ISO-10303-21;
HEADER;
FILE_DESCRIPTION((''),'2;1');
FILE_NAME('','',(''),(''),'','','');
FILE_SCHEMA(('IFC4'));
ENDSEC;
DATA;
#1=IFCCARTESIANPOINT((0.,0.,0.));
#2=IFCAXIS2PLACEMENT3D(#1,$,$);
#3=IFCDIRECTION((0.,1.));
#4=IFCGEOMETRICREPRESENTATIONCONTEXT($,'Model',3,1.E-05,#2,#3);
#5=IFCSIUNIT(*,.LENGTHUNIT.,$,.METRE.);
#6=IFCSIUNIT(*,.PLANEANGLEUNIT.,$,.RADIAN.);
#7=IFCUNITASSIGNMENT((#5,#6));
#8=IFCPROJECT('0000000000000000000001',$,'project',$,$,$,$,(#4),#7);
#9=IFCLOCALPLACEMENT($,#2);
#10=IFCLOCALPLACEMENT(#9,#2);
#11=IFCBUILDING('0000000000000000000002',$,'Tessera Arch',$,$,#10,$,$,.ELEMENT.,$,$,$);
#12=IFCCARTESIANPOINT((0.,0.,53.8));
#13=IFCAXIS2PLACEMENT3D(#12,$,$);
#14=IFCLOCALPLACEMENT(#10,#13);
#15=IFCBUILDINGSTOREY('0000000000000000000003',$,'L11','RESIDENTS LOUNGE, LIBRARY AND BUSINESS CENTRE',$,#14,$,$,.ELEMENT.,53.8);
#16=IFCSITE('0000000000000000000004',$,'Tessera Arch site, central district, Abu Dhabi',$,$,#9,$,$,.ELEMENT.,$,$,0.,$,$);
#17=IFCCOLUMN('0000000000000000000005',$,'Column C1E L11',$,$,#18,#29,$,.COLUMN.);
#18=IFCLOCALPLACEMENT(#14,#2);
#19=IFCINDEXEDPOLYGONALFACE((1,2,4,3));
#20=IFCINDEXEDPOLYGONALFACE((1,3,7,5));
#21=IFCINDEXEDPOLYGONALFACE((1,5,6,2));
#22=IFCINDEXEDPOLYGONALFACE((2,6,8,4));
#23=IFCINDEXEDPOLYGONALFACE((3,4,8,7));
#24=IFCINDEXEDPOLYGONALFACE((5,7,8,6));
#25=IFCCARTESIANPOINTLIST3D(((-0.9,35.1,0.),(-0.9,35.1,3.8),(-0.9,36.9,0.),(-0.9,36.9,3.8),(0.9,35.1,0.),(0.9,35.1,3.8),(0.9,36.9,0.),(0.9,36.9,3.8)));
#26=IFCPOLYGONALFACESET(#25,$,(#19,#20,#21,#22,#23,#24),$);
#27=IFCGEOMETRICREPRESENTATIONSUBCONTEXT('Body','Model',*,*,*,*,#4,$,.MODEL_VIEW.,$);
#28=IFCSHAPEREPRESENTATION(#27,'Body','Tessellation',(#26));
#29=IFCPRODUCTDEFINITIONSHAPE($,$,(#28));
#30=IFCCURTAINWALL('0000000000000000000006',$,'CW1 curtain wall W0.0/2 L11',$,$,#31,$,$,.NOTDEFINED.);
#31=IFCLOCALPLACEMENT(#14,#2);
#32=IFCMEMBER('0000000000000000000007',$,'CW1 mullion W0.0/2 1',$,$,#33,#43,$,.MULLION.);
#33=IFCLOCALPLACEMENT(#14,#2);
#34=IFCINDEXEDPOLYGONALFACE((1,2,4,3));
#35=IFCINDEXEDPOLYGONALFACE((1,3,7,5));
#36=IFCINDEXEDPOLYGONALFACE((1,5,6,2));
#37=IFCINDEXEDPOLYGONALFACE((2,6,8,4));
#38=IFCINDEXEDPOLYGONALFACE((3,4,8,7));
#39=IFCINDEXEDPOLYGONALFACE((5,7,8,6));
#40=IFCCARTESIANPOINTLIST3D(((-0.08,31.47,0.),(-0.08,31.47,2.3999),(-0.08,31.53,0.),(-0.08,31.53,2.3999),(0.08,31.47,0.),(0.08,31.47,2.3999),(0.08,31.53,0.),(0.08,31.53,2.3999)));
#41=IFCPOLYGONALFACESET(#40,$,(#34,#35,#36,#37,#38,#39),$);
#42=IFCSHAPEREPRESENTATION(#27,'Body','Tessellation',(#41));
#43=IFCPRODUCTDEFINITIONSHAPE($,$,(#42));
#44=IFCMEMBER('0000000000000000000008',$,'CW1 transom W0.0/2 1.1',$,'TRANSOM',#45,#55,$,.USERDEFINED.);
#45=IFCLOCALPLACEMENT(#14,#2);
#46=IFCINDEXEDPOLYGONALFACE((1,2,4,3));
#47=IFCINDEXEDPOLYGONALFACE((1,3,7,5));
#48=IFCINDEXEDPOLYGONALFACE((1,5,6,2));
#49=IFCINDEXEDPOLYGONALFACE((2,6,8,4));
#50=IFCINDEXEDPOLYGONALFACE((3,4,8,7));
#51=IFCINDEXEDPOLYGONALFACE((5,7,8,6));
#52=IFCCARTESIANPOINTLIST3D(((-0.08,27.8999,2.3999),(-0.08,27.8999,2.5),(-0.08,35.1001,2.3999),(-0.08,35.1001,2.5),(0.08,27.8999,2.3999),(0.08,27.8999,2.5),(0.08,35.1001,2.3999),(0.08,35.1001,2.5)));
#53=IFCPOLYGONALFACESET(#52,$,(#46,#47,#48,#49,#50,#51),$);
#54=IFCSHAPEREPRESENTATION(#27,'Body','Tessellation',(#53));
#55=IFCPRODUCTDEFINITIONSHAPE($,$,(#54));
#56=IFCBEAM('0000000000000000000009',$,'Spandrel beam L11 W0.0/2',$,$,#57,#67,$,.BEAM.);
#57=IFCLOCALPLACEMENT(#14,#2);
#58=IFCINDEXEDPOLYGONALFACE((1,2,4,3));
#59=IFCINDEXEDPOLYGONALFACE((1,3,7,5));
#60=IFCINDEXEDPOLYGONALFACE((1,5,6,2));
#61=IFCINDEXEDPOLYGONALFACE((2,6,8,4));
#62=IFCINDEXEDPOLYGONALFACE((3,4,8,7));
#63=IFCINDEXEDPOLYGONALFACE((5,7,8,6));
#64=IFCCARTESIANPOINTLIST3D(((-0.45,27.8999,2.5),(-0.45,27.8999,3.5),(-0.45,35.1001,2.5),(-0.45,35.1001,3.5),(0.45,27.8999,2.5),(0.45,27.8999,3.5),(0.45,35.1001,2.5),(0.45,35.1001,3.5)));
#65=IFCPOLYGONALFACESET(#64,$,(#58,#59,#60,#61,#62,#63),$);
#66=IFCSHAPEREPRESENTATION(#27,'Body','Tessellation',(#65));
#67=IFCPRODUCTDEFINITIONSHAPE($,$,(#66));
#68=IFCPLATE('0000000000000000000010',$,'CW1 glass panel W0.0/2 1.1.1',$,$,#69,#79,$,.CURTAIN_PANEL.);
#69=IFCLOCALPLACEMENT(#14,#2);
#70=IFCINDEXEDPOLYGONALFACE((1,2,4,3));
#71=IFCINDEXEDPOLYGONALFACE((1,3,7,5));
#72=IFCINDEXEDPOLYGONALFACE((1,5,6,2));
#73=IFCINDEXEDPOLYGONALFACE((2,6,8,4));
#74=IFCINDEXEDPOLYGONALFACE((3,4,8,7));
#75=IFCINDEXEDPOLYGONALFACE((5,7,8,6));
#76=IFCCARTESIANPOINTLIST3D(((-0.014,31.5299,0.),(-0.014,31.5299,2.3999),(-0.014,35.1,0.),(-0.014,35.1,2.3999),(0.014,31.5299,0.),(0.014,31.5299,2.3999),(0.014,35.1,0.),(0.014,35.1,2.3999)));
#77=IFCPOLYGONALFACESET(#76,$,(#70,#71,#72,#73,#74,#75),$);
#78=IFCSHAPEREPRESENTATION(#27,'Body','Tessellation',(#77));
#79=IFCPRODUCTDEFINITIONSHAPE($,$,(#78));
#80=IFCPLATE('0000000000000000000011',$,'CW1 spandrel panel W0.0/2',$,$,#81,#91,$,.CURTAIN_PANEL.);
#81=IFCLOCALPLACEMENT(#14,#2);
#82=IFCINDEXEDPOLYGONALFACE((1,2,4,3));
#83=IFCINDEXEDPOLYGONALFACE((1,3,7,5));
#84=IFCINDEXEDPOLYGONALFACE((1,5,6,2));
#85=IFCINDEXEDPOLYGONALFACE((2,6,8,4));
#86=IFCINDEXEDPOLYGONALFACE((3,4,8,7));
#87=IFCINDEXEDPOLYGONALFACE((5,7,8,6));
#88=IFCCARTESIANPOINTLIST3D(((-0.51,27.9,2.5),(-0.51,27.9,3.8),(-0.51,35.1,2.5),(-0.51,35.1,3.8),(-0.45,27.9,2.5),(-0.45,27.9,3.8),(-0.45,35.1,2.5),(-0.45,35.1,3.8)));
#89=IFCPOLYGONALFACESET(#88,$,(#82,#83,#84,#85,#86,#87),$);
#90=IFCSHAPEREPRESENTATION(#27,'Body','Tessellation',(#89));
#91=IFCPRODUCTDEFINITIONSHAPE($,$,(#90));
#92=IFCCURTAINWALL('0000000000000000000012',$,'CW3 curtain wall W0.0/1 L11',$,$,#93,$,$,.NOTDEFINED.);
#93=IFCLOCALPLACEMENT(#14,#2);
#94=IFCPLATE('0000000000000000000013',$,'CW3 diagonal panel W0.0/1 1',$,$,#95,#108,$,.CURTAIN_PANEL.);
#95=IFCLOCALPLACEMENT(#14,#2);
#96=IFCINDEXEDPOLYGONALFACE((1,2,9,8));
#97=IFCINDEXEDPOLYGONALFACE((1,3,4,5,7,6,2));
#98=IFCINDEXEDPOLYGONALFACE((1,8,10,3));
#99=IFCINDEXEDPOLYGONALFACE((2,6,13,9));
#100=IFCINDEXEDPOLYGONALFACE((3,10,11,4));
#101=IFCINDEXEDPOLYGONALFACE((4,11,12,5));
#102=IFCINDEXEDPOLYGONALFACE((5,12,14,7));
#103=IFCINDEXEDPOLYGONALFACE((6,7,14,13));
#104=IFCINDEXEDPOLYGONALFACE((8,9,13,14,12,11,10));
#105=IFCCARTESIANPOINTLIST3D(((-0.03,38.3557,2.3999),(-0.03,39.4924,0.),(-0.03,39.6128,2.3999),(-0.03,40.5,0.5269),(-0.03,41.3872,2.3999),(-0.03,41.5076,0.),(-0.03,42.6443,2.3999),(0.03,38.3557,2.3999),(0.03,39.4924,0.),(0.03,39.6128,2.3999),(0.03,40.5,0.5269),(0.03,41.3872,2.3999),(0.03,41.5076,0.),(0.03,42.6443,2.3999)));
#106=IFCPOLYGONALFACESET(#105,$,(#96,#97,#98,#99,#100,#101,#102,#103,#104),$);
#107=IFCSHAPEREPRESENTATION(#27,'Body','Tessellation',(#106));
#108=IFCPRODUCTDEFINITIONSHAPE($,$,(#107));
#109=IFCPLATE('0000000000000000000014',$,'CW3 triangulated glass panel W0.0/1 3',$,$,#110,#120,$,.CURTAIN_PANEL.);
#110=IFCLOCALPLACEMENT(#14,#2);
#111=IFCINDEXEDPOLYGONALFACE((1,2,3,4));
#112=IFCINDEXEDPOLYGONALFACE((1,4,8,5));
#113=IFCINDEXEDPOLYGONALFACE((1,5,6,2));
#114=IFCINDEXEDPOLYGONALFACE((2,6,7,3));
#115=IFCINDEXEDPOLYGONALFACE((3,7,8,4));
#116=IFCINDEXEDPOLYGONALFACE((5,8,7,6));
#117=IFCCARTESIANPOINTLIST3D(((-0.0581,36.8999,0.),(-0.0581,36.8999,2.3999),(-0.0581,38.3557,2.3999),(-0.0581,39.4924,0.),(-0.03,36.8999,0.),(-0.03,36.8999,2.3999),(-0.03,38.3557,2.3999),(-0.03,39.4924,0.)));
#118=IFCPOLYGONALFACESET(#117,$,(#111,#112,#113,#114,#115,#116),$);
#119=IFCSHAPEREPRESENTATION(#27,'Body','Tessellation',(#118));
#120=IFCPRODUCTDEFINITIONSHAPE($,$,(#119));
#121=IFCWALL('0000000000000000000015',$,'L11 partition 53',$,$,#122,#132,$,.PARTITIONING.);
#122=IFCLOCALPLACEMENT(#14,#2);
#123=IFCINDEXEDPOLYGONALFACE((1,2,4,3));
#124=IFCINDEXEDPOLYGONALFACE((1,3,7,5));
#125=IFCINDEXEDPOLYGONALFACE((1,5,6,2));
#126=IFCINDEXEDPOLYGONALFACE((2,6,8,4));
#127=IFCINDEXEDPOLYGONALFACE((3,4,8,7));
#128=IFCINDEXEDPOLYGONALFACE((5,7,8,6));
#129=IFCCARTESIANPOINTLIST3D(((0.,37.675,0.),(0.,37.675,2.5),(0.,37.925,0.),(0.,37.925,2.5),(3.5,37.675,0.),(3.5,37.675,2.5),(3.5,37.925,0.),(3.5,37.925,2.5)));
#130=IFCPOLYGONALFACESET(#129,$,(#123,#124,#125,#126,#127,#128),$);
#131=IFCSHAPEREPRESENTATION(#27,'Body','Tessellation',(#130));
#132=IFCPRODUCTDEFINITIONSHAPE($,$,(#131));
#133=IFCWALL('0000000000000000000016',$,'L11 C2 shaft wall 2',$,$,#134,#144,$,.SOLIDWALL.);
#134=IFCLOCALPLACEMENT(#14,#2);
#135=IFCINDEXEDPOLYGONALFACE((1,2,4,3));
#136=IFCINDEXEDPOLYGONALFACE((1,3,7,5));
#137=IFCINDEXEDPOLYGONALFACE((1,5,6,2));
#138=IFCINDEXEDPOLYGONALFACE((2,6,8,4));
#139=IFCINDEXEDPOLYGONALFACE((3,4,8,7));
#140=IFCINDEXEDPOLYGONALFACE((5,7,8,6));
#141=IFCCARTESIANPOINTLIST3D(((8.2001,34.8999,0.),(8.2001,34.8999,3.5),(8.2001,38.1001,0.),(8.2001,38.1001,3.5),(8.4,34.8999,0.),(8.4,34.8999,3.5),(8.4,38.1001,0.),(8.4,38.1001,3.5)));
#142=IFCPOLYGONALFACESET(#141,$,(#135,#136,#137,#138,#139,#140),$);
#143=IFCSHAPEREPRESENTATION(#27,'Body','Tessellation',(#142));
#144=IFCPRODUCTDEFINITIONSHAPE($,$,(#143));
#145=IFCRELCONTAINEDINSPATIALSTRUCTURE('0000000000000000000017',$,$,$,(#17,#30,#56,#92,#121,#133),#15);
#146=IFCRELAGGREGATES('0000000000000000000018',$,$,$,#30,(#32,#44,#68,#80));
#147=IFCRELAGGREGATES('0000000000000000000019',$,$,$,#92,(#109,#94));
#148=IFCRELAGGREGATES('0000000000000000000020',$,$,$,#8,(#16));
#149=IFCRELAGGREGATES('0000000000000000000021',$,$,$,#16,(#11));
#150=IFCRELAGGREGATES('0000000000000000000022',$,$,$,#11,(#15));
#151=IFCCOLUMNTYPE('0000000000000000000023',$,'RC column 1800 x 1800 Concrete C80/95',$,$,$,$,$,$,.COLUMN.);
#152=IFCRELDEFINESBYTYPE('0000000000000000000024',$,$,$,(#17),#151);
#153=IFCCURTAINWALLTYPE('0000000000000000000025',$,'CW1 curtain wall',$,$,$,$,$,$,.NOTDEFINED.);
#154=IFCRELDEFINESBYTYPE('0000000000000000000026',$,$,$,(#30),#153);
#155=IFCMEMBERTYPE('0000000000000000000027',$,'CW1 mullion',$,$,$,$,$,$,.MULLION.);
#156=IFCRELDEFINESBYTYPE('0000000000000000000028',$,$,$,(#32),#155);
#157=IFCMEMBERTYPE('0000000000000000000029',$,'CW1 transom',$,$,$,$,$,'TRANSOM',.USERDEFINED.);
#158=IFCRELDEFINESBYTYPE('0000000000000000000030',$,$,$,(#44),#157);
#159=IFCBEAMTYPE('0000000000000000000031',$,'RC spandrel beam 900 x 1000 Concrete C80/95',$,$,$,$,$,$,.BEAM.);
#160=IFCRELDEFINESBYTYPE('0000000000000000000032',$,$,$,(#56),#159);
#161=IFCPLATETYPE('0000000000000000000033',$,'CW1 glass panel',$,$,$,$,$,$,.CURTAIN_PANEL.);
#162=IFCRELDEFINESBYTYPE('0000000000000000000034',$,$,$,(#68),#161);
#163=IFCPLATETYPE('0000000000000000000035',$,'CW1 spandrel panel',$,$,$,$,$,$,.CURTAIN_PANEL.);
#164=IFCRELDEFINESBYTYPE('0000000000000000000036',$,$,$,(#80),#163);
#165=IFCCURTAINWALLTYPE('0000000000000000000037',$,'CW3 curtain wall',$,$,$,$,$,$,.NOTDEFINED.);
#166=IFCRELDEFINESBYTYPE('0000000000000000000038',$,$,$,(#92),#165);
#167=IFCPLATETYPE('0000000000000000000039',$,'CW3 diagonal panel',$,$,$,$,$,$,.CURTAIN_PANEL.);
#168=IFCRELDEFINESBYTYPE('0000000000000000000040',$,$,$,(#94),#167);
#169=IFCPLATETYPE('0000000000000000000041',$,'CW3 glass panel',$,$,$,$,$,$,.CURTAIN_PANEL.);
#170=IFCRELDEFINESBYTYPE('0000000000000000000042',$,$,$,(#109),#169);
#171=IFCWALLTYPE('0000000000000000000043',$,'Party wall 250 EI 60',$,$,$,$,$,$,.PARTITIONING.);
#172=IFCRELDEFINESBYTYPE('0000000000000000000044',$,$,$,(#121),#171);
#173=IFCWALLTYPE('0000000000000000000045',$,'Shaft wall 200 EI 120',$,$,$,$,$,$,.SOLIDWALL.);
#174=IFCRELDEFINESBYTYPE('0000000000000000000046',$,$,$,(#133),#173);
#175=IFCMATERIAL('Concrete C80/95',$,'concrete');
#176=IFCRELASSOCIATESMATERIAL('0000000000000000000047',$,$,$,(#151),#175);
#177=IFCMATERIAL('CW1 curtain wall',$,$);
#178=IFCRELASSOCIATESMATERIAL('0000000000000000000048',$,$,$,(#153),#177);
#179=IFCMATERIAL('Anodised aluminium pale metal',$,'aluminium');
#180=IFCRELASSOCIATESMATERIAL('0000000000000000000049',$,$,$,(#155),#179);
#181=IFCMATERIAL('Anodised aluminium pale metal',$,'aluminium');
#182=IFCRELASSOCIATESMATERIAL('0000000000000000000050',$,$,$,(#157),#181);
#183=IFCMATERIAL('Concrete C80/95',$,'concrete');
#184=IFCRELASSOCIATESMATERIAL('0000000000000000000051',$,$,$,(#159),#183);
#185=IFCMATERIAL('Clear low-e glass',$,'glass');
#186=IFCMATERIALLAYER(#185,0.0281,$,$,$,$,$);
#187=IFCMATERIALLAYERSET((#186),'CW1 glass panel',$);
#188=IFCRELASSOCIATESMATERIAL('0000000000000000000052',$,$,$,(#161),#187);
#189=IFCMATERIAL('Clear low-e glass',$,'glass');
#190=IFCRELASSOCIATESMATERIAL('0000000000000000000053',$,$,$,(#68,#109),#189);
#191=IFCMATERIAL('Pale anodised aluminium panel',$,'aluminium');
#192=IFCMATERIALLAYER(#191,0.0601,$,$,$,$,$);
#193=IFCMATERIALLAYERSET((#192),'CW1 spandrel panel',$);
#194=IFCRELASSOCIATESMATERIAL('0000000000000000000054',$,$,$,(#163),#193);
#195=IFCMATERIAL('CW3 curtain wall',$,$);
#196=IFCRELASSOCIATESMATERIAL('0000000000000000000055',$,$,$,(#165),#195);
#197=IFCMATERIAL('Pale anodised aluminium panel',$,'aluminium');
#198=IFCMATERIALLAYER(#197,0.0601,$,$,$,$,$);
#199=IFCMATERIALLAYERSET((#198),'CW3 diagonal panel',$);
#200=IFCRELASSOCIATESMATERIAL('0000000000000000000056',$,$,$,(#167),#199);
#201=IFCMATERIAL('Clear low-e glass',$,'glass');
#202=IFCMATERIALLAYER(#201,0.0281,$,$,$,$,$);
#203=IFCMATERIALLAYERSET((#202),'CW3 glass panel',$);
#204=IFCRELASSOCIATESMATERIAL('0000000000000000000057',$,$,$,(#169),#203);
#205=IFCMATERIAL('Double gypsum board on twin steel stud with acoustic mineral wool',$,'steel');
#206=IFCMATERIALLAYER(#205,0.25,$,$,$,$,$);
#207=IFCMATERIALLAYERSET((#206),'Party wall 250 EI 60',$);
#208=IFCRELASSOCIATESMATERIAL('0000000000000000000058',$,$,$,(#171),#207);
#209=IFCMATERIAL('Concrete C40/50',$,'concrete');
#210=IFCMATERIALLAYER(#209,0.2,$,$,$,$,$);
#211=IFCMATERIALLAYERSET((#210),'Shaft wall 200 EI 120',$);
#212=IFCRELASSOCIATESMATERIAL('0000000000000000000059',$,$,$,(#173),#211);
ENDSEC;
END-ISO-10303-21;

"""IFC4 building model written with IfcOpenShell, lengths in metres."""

from ifc_helpers import new_model, si_unit, direction, frame, frame_2d, origin, origin_2d, place, context, subcontext, project, spatial, polyline, rectangle, outline, extrude, material, layer, layer_set, material_profile, profile_set, type_object, element, aggregate, save


model = new_model("IFC4")

# Units and contexts
model_context = context("Model", 3, precision=1e-05, world=origin(), true_north=direction((0.0, 1.0)))
body_context = subcontext(model_context, "Body", "Model", "MODEL_VIEW")
ifc_project = project(units=[si_unit("LENGTHUNIT", "METRE"), si_unit("PLANEANGLEUNIT", "RADIAN")], contexts=[model_context])

# Site, building, storey
site_placement = place(None, origin())
site = spatial("IfcSite", under=ifc_project, at=site_placement, Name="Tessera Arch site, central district, Abu Dhabi", CompositionType="ELEMENT", RefElevation=0.0)
building_placement = place(site_placement, origin())
building = spatial("IfcBuilding", under=site, at=building_placement, Name="Tessera Arch", CompositionType="ELEMENT")
storey_placement = place(building_placement, frame((0.0, 0.0, 53.8)))
storey = spatial("IfcBuildingStorey", under=building, at=storey_placement, Name="L11", Description="RESIDENTS LOUNGE, LIBRARY AND BUSINESS CENTRE", CompositionType="ELEMENT", Elevation=53.8)

# Column
ifc_material_1 = material(Name="Concrete C80/95", Category="concrete")
ifc_material_profile_1 = material_profile(ifc_material_1, rectangle(XDim=1.8, YDim=1.8, at=origin_2d()), Name="RC column 1800 x 1800 Concrete C80/95")
ifc_profile_set_1 = profile_set([ifc_material_profile_1], Name="Concrete C80/95")
column_type = type_object("IfcColumnType", Name="RC column 1800 x 1800 Concrete C80/95", PredefinedType="COLUMN", material=ifc_profile_set_1)
column_placement = place(storey_placement, frame((0.0, 36.0, 0.0), z_axis=(0.0, 0.0, 1.0), x_axis=(1.0, 0.0, 0.0)))
element("IfcColumn", 1, at=column_placement, inside=storey, type_object=column_type, Name="Column C1E L11", PredefinedType="COLUMN", context=body_context, shape_type="SweptSolid", body=[
    extrude(rectangle(XDim=1.8, YDim=1.8, at=origin_2d()), origin(), (0.0, 0.0, 1.0), 3.8),
])

# Curtain wall, members
ifc_material_2 = material(Name="CW1 curtain wall")
curtain_wall_type_1 = type_object("IfcCurtainWallType", Name="CW1 curtain wall", PredefinedType="NOTDEFINED", material=ifc_material_2)
curtain_wall_1_placement = place(storey_placement, origin())
curtain_wall_1 = element("IfcCurtainWall", 2, at=curtain_wall_1_placement, inside=storey, type_object=curtain_wall_type_1, Name="CW1 curtain wall W0.0/2 L11", PredefinedType="NOTDEFINED")
ifc_material_3 = material(Name="Anodised aluminium pale metal", Category="aluminium")
ifc_material_profile_2 = material_profile(ifc_material_3, rectangle(XDim=0.1599, YDim=0.0601, at=origin_2d()), Name="AL 60x160")
ifc_profile_set_2 = profile_set([ifc_material_profile_2], Name="Anodised aluminium pale metal")
member_type_1 = type_object("IfcMemberType", Name="CW1 mullion", PredefinedType="MULLION", material=ifc_profile_set_2)
member_1_placement = place(storey_placement, frame((0.0, 31.5, 0.0), z_axis=(0.0, 0.0, 1.0), x_axis=(1.0, 0.0, 0.0)))
member_1 = element("IfcMember", 3, at=member_1_placement, type_object=member_type_1, Name="CW1 mullion W0.0/2 1", PredefinedType="MULLION", context=body_context, shape_type="SweptSolid", body=[
    extrude(rectangle(XDim=0.1599, YDim=0.0601, at=origin_2d()), origin(), (0.0, 0.0, 1.0), 2.3999),
])
ifc_material_4 = material(Name="Anodised aluminium pale metal", Category="aluminium")
ifc_material_profile_3 = material_profile(ifc_material_4, rectangle(XDim=0.1599, YDim=0.1001, at=origin_2d()), Name="AL 160x100")
ifc_profile_set_3 = profile_set([ifc_material_profile_3], Name="Anodised aluminium pale metal")
member_type_2 = type_object("IfcMemberType", Name="CW1 transom", ElementType="TRANSOM", PredefinedType="USERDEFINED", material=ifc_profile_set_3)
member_2_placement = place(storey_placement, frame((0.0, 35.1001, 2.45), z_axis=(0.0, -1.0, 0.0), x_axis=(1.0, 0.0, 0.0)))
member_2 = element("IfcMember", 4, at=member_2_placement, type_object=member_type_2, Name="CW1 transom W0.0/2 1.1", ObjectType="TRANSOM", PredefinedType="USERDEFINED", context=body_context, shape_type="SweptSolid", body=[
    extrude(rectangle(XDim=0.1599, YDim=0.1001, at=origin_2d()), origin(), (0.0, 0.0, 1.0), 7.2002),
])

# Beam
ifc_material_5 = material(Name="Concrete C80/95", Category="concrete")
ifc_material_profile_4 = material_profile(ifc_material_5, rectangle(XDim=0.8999, YDim=1.0, at=origin_2d()), Name="RC spandrel beam 900 x 1000 Concrete C80/95")
ifc_profile_set_4 = profile_set([ifc_material_profile_4], Name="Concrete C80/95")
beam_type = type_object("IfcBeamType", Name="RC spandrel beam 900 x 1000 Concrete C80/95", PredefinedType="BEAM", material=ifc_profile_set_4)
beam_placement = place(storey_placement, frame((0.0, 35.1001, 3.0), z_axis=(0.0, -1.0, 0.0), x_axis=(1.0, 0.0, 0.0)))
element("IfcBeam", 5, at=beam_placement, inside=storey, type_object=beam_type, Name="Spandrel beam L11 W0.0/2", PredefinedType="BEAM", context=body_context, shape_type="SweptSolid", body=[
    extrude(rectangle(XDim=0.8999, YDim=1.0, at=origin_2d()), origin(), (0.0, 0.0, 1.0), 7.2002),
])

# Plates
ifc_material_6 = material(Name="Clear low-e glass", Category="glass")
ifc_material_7 = material(Name="Clear low-e glass", Category="glass")
ifc_layer_1 = layer(ifc_material_7, 0.0281)
ifc_layer_set_1 = layer_set([ifc_layer_1], Name="CW1 glass panel")
plate_type_1 = type_object("IfcPlateType", Name="CW1 glass panel", PredefinedType="CURTAIN_PANEL", material=ifc_layer_set_1)
plate_1_placement = place(storey_placement, frame((0.0, 33.3149, 0.0), z_axis=(0.0, 0.0, 1.0), x_axis=(0.0, -1.0, 0.0)))
plate_1 = element("IfcPlate", 6, at=plate_1_placement, type_object=plate_type_1, material=ifc_material_6, Name="CW1 glass panel W0.0/2 1.1.1", PredefinedType="CURTAIN_PANEL", context=body_context, shape_type="SweptSolid", body=[
    extrude(rectangle(XDim=3.5701, YDim=0.0281, at=origin_2d()), origin(), (0.0, 0.0, 1.0), 2.3999),
])
ifc_material_8 = material(Name="Pale anodised aluminium panel", Category="aluminium")
ifc_layer_2 = layer(ifc_material_8, 0.0601)
ifc_layer_set_2 = layer_set([ifc_layer_2], Name="CW1 spandrel panel")
plate_type_2 = type_object("IfcPlateType", Name="CW1 spandrel panel", PredefinedType="CURTAIN_PANEL", material=ifc_layer_set_2)
plate_2_placement = place(storey_placement, frame((-0.48, 31.5, 2.5), z_axis=(0.0, 0.0, 1.0), x_axis=(0.0, -1.0, 0.0)))
plate_2 = element("IfcPlate", 7, at=plate_2_placement, type_object=plate_type_2, Name="CW1 spandrel panel W0.0/2", PredefinedType="CURTAIN_PANEL", context=body_context, shape_type="SweptSolid", body=[
    extrude(rectangle(XDim=7.2, YDim=0.0601, at=origin_2d()), origin(), (0.0, 0.0, 1.0), 1.3),
])
aggregate(curtain_wall_1, [member_1, member_2, plate_1, plate_2])

# Curtain wall, plates
ifc_material_9 = material(Name="CW3 curtain wall")
curtain_wall_type_2 = type_object("IfcCurtainWallType", Name="CW3 curtain wall", PredefinedType="NOTDEFINED", material=ifc_material_9)
curtain_wall_2_placement = place(storey_placement, origin())
curtain_wall_2 = element("IfcCurtainWall", 8, at=curtain_wall_2_placement, inside=storey, type_object=curtain_wall_type_2, Name="CW3 curtain wall W0.0/1 L11", PredefinedType="NOTDEFINED")
ifc_material_10 = material(Name="Pale anodised aluminium panel", Category="aluminium")
ifc_layer_3 = layer(ifc_material_10, 0.0601)
ifc_layer_set_3 = layer_set([ifc_layer_3], Name="CW3 diagonal panel")
plate_type_3 = type_object("IfcPlateType", Name="CW3 diagonal panel", PredefinedType="CURTAIN_PANEL", material=ifc_layer_set_3)
plate_3_placement = place(storey_placement, frame((-0.03, 38.3557, 2.3999), z_axis=(-1.0, 0.0, 0.0), x_axis=(0.0, 1.0, 0.0)))
plate_3 = element("IfcPlate", 9, at=plate_3_placement, type_object=plate_type_3, Name="CW3 diagonal panel W0.0/1 1", PredefinedType="CURTAIN_PANEL", context=body_context, shape_type="SweptSolid", body=[
    extrude(outline(polyline([(0.0, 0.0), (1.2571, 0.0), (2.1443, 1.873), (3.0315, 0.0), (4.2886, 0.0), (3.1519, 2.3999), (1.1367, 2.3999), (0.0, 0.0)])), origin(), (0.0, 0.0, -1.0), 0.0601),
])
ifc_material_11 = material(Name="Clear low-e glass", Category="glass")
ifc_layer_4 = layer(ifc_material_11, 0.0281)
ifc_layer_set_4 = layer_set([ifc_layer_4], Name="CW3 glass panel")
plate_type_4 = type_object("IfcPlateType", Name="CW3 glass panel", PredefinedType="CURTAIN_PANEL", material=ifc_layer_set_4)
plate_4_placement = place(storey_placement, frame((-0.0581, 36.8999, 2.3999), z_axis=(-1.0, 0.0, 0.0), x_axis=(0.0, 1.0, 0.0)))
plate_4 = element("IfcPlate", 10, at=plate_4_placement, type_object=plate_type_4, material=ifc_material_6, Name="CW3 triangulated glass panel W0.0/1 3", PredefinedType="CURTAIN_PANEL", context=body_context, shape_type="SweptSolid", body=[
    extrude(outline(polyline([(0.0, 0.0), (1.4558, 0.0), (2.5925, 2.3999), (0.0, 2.3999), (0.0, 0.0)])), origin(), (0.0, 0.0, -1.0), 0.0281),
])
aggregate(curtain_wall_2, [plate_4, plate_3])

# Walls
ifc_material_12 = material(Name="Double gypsum board on twin steel stud with acoustic mineral wool", Category="steel")
ifc_layer_5 = layer(ifc_material_12, 0.25)
ifc_layer_set_5 = layer_set([ifc_layer_5], Name="Party wall 250 EI 60")
wall_type_1 = type_object("IfcWallType", Name="Party wall 250 EI 60", PredefinedType="PARTITIONING", material=ifc_layer_set_5)
wall_1_placement = place(storey_placement, frame((0.0, 37.8, 0.0), z_axis=(0.0, 0.0, 1.0), x_axis=(1.0, 0.0, 0.0)))
element("IfcWall", 11, at=wall_1_placement, inside=storey, type_object=wall_type_1, Name="L11 partition 53", PredefinedType="PARTITIONING", context=body_context, shape_type="SweptSolid", body=[
    extrude(rectangle(XDim=3.5, YDim=0.25, at=frame_2d((1.75, 0.0))), origin(), (0.0, 0.0, 1.0), 2.5),
])
ifc_material_13 = material(Name="Concrete C40/50", Category="concrete")
ifc_layer_6 = layer(ifc_material_13, 0.2)
ifc_layer_set_6 = layer_set([ifc_layer_6], Name="Shaft wall 200 EI 120")
wall_type_2 = type_object("IfcWallType", Name="Shaft wall 200 EI 120", PredefinedType="SOLIDWALL", material=ifc_layer_set_6)
wall_2_placement = place(storey_placement, frame((8.3, 34.8999, 0.0), z_axis=(0.0, 0.0, 1.0), x_axis=(0.0, 1.0, 0.0)))
element("IfcWall", 12, at=wall_2_placement, inside=storey, type_object=wall_type_2, Name="L11 C2 shaft wall 2", PredefinedType="SOLIDWALL", context=body_context, shape_type="SweptSolid", body=[
    extrude(rectangle(XDim=3.2002, YDim=0.2, at=frame_2d((1.6001, 0.0))), origin(), (0.0, 0.0, 1.0), 3.5),
])

save(model, "model.ifc")
